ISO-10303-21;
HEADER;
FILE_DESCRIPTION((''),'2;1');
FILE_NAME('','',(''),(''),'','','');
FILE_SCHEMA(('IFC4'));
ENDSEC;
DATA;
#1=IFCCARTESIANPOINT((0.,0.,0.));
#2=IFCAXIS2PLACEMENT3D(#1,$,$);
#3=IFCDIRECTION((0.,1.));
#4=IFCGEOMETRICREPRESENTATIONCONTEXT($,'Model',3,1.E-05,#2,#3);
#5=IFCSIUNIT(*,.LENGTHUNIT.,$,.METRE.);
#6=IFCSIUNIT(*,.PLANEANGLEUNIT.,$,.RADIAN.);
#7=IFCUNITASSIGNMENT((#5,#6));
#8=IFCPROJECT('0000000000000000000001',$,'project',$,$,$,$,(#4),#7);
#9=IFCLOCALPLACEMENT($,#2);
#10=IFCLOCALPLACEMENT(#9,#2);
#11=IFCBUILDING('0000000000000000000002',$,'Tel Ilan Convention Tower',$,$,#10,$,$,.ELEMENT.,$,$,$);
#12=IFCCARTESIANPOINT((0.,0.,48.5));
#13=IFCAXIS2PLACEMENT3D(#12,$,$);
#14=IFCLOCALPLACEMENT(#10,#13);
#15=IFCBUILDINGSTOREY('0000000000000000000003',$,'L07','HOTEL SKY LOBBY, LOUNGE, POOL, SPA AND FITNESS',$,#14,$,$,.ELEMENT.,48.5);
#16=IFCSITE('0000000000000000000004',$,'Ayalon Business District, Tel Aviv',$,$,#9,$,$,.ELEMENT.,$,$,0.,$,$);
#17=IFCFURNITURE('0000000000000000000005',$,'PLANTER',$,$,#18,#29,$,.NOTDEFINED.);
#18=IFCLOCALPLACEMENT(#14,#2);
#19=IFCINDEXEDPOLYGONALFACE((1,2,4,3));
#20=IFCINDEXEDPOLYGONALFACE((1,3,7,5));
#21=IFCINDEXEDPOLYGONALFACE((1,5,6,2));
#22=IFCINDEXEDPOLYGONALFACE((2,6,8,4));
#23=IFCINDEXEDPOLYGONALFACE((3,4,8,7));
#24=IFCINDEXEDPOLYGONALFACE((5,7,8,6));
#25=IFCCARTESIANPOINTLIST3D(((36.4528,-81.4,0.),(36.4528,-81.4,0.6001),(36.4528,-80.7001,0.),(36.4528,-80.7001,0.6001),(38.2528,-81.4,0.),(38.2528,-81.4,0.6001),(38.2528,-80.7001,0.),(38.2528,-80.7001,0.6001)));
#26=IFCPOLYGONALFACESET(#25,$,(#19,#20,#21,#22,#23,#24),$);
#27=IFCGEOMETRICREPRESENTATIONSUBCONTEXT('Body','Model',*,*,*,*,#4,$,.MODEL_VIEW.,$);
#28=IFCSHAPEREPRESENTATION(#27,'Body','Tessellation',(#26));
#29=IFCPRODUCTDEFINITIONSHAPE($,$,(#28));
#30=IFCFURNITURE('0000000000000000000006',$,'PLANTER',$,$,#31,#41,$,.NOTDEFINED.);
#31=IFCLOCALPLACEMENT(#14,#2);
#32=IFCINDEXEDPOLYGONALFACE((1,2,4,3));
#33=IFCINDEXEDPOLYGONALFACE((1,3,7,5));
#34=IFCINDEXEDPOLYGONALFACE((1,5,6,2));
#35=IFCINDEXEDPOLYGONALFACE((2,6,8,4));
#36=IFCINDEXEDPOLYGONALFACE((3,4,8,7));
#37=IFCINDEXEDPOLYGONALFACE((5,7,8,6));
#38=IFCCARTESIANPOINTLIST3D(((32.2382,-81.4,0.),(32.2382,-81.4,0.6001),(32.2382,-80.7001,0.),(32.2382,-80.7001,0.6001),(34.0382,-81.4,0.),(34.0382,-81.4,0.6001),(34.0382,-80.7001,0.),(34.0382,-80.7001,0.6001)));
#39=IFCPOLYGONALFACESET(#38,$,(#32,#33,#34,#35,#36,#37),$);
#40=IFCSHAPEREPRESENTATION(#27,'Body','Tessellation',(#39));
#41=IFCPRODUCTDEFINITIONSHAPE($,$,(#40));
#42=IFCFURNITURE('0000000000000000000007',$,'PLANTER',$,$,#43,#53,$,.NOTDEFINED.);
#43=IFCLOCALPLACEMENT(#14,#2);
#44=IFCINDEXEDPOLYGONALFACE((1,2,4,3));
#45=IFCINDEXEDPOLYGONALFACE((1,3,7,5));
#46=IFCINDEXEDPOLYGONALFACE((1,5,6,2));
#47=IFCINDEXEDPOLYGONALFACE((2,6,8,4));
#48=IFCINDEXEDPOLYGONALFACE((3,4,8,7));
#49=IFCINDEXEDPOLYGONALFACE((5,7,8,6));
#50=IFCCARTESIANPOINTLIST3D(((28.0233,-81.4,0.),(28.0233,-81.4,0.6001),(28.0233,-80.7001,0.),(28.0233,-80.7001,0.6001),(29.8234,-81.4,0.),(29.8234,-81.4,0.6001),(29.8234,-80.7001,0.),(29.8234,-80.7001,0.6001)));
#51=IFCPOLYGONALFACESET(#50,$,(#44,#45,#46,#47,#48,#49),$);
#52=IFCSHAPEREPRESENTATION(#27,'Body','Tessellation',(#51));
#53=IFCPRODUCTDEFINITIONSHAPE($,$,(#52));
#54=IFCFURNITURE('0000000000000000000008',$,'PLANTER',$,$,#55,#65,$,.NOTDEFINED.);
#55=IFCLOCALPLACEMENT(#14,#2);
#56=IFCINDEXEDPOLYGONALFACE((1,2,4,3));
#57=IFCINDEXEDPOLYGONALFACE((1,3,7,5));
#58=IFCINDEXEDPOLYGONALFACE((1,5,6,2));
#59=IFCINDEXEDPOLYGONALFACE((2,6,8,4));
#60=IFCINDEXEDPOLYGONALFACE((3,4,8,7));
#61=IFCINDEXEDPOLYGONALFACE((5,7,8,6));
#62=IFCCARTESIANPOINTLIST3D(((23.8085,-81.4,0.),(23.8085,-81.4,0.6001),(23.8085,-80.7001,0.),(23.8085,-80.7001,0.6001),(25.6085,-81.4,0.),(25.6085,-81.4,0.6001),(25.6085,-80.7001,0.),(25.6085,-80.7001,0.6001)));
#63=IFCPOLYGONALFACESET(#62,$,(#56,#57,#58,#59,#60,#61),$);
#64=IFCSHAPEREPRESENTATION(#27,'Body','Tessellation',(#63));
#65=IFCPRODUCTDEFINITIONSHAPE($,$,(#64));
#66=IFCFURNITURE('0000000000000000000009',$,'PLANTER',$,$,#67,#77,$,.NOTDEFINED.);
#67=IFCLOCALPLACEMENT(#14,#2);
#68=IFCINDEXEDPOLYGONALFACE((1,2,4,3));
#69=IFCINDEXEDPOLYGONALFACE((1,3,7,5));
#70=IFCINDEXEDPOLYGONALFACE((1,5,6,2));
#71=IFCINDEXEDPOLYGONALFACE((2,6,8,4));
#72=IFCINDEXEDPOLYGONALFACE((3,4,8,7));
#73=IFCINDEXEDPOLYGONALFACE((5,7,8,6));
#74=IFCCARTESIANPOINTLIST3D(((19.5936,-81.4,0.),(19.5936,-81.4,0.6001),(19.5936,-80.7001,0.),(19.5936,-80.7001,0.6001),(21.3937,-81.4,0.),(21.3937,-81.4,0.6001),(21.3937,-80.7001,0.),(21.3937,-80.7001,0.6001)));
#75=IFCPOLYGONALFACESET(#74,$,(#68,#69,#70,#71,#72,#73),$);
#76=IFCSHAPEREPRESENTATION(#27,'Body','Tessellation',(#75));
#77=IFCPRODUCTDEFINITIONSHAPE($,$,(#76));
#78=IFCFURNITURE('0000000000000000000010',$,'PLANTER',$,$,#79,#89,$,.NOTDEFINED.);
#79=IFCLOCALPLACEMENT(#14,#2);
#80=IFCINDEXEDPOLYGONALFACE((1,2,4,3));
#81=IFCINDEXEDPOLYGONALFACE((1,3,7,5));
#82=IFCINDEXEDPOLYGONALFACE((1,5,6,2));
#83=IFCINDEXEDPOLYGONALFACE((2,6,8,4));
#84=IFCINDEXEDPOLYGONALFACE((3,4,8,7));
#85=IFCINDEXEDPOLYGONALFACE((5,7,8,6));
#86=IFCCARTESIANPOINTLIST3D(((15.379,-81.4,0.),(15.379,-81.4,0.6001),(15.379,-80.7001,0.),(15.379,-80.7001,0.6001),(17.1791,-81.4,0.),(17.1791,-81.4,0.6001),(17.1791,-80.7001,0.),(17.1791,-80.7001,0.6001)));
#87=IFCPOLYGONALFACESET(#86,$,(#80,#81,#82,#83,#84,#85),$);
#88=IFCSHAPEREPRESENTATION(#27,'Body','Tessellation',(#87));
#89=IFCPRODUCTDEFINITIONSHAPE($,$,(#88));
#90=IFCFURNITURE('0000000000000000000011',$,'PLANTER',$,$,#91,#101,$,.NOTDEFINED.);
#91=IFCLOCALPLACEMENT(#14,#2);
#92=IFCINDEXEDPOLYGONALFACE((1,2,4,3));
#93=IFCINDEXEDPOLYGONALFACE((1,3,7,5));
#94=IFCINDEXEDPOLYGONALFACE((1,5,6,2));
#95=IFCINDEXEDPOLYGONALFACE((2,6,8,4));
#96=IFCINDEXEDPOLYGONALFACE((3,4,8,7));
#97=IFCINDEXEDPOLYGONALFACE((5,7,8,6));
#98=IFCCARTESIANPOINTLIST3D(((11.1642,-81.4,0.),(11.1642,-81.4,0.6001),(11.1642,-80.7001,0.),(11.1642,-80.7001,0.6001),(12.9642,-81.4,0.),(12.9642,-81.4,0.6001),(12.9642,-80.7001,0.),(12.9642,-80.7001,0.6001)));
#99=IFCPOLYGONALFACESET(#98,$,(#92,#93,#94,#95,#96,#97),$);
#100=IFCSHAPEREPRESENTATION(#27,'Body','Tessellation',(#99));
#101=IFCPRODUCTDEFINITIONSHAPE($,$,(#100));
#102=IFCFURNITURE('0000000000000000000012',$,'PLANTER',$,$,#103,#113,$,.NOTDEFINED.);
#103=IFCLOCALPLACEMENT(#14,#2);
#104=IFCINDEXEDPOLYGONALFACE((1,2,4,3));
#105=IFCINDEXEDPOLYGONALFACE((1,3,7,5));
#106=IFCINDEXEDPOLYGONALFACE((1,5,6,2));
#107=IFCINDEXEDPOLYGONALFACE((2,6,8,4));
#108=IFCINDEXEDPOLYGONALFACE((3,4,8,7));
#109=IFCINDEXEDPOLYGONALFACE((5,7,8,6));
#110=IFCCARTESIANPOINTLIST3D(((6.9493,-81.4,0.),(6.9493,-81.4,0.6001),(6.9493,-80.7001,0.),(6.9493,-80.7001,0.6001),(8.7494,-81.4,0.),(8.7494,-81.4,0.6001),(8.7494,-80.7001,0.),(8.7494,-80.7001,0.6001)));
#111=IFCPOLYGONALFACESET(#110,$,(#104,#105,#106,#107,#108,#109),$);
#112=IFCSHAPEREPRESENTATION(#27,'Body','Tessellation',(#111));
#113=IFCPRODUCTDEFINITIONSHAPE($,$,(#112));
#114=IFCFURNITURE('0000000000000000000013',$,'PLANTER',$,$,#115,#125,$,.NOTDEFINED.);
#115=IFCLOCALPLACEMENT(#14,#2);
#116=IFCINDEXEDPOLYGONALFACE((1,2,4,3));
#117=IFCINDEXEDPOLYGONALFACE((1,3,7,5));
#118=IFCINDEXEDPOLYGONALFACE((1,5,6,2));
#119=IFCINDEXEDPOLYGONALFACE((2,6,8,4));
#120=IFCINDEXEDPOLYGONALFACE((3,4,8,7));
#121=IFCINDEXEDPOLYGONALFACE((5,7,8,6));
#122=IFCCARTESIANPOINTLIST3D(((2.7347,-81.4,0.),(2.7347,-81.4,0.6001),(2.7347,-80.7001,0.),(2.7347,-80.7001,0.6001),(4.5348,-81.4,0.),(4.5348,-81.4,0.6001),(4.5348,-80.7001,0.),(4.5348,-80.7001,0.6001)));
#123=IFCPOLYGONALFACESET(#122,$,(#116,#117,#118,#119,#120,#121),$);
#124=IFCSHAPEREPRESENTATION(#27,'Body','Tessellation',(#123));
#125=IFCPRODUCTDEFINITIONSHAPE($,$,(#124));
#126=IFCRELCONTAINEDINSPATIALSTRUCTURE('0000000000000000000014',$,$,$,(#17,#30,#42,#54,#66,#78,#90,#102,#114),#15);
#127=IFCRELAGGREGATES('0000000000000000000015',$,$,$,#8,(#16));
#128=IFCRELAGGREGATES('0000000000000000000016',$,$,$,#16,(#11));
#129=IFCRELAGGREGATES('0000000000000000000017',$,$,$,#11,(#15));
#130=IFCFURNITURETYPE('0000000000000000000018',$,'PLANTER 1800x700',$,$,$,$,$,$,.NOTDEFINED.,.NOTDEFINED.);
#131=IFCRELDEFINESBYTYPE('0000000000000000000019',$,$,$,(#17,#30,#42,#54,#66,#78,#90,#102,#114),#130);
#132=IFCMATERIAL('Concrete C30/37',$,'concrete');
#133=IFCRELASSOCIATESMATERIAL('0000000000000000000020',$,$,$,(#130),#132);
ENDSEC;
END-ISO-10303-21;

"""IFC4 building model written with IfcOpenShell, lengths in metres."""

from ifc_helpers import new_model, si_unit, direction, frame, origin, origin_2d, place, context, subcontext, project, spatial, rectangle, extrude, material, type_object, element, save


model = new_model("IFC4")

# Units and contexts
model_context = context("Model", 3, precision=1e-05, world=origin(), true_north=direction((0.0, 1.0)))
body_context = subcontext(model_context, "Body", "Model", "MODEL_VIEW")
ifc_project = project(units=[si_unit("LENGTHUNIT", "METRE"), si_unit("PLANEANGLEUNIT", "RADIAN")], contexts=[model_context])

# Site, building, storey
site_placement = place(None, origin())
site = spatial("IfcSite", under=ifc_project, at=site_placement, Name="Ayalon Business District, Tel Aviv", CompositionType="ELEMENT", RefElevation=0.0)
building_placement = place(site_placement, origin())
building = spatial("IfcBuilding", under=site, at=building_placement, Name="Tel Ilan Convention Tower", CompositionType="ELEMENT")
storey_placement = place(building_placement, frame((0.0, 0.0, 48.5)))
storey = spatial("IfcBuildingStorey", under=building, at=storey_placement, Name="L07", Description="HOTEL SKY LOBBY, LOUNGE, POOL, SPA AND FITNESS", CompositionType="ELEMENT", Elevation=48.5)

# Furniture
ifc_material_1 = material(Name="Concrete C30/37", Category="concrete")
furniture_type = type_object("IfcFurnitureType", Name="PLANTER 1800x700", AssemblyPlace="NOTDEFINED", PredefinedType="NOTDEFINED", material=ifc_material_1)
for number, where, z_axis, x_axis, name in (
    (1, (37.3528, -81.05, 0.0), (0.0, 0.0, 1.0), (-1.0, 0.0, 0.0), "PLANTER"),
    (2, (33.1382, -81.05, 0.0), (0.0, 0.0, 1.0), (-1.0, 0.0, 0.0), "PLANTER"),
    (3, (28.9233, -81.05, 0.0), (0.0, 0.0, 1.0), (-1.0, 0.0, 0.0), "PLANTER"),
    (4, (24.7085, -81.05, 0.0), (0.0, 0.0, 1.0), (-1.0, 0.0, 0.0), "PLANTER"),
    (5, (20.4937, -81.05, 0.0), (0.0, 0.0, 1.0), (-1.0, 0.0, 0.0), "PLANTER"),
    (6, (16.2791, -81.05, 0.0), (0.0, 0.0, 1.0), (-1.0, 0.0, 0.0), "PLANTER"),
    (7, (12.0642, -81.05, 0.0), (0.0, 0.0, 1.0), (-1.0, 0.0, 0.0), "PLANTER"),
    (8, (7.8494, -81.05, 0.0), (0.0, 0.0, 1.0), (-1.0, 0.0, 0.0), "PLANTER"),
    (9, (3.6348, -81.05, 0.0), (0.0, 0.0, 1.0), (-1.0, 0.0, 0.0), "PLANTER"),
):
    element("IfcFurniture", number, at=place(storey_placement, frame(where, z_axis=z_axis, x_axis=x_axis)), inside=storey, type_object=furniture_type, Name=name, PredefinedType="NOTDEFINED", context=body_context, shape_type="SweptSolid", body=[
        extrude(rectangle(XDim=1.8, YDim=0.7, at=origin_2d()), origin(), (0.0, 0.0, 1.0), 0.6001),
    ])

save(model, "model.ifc")
